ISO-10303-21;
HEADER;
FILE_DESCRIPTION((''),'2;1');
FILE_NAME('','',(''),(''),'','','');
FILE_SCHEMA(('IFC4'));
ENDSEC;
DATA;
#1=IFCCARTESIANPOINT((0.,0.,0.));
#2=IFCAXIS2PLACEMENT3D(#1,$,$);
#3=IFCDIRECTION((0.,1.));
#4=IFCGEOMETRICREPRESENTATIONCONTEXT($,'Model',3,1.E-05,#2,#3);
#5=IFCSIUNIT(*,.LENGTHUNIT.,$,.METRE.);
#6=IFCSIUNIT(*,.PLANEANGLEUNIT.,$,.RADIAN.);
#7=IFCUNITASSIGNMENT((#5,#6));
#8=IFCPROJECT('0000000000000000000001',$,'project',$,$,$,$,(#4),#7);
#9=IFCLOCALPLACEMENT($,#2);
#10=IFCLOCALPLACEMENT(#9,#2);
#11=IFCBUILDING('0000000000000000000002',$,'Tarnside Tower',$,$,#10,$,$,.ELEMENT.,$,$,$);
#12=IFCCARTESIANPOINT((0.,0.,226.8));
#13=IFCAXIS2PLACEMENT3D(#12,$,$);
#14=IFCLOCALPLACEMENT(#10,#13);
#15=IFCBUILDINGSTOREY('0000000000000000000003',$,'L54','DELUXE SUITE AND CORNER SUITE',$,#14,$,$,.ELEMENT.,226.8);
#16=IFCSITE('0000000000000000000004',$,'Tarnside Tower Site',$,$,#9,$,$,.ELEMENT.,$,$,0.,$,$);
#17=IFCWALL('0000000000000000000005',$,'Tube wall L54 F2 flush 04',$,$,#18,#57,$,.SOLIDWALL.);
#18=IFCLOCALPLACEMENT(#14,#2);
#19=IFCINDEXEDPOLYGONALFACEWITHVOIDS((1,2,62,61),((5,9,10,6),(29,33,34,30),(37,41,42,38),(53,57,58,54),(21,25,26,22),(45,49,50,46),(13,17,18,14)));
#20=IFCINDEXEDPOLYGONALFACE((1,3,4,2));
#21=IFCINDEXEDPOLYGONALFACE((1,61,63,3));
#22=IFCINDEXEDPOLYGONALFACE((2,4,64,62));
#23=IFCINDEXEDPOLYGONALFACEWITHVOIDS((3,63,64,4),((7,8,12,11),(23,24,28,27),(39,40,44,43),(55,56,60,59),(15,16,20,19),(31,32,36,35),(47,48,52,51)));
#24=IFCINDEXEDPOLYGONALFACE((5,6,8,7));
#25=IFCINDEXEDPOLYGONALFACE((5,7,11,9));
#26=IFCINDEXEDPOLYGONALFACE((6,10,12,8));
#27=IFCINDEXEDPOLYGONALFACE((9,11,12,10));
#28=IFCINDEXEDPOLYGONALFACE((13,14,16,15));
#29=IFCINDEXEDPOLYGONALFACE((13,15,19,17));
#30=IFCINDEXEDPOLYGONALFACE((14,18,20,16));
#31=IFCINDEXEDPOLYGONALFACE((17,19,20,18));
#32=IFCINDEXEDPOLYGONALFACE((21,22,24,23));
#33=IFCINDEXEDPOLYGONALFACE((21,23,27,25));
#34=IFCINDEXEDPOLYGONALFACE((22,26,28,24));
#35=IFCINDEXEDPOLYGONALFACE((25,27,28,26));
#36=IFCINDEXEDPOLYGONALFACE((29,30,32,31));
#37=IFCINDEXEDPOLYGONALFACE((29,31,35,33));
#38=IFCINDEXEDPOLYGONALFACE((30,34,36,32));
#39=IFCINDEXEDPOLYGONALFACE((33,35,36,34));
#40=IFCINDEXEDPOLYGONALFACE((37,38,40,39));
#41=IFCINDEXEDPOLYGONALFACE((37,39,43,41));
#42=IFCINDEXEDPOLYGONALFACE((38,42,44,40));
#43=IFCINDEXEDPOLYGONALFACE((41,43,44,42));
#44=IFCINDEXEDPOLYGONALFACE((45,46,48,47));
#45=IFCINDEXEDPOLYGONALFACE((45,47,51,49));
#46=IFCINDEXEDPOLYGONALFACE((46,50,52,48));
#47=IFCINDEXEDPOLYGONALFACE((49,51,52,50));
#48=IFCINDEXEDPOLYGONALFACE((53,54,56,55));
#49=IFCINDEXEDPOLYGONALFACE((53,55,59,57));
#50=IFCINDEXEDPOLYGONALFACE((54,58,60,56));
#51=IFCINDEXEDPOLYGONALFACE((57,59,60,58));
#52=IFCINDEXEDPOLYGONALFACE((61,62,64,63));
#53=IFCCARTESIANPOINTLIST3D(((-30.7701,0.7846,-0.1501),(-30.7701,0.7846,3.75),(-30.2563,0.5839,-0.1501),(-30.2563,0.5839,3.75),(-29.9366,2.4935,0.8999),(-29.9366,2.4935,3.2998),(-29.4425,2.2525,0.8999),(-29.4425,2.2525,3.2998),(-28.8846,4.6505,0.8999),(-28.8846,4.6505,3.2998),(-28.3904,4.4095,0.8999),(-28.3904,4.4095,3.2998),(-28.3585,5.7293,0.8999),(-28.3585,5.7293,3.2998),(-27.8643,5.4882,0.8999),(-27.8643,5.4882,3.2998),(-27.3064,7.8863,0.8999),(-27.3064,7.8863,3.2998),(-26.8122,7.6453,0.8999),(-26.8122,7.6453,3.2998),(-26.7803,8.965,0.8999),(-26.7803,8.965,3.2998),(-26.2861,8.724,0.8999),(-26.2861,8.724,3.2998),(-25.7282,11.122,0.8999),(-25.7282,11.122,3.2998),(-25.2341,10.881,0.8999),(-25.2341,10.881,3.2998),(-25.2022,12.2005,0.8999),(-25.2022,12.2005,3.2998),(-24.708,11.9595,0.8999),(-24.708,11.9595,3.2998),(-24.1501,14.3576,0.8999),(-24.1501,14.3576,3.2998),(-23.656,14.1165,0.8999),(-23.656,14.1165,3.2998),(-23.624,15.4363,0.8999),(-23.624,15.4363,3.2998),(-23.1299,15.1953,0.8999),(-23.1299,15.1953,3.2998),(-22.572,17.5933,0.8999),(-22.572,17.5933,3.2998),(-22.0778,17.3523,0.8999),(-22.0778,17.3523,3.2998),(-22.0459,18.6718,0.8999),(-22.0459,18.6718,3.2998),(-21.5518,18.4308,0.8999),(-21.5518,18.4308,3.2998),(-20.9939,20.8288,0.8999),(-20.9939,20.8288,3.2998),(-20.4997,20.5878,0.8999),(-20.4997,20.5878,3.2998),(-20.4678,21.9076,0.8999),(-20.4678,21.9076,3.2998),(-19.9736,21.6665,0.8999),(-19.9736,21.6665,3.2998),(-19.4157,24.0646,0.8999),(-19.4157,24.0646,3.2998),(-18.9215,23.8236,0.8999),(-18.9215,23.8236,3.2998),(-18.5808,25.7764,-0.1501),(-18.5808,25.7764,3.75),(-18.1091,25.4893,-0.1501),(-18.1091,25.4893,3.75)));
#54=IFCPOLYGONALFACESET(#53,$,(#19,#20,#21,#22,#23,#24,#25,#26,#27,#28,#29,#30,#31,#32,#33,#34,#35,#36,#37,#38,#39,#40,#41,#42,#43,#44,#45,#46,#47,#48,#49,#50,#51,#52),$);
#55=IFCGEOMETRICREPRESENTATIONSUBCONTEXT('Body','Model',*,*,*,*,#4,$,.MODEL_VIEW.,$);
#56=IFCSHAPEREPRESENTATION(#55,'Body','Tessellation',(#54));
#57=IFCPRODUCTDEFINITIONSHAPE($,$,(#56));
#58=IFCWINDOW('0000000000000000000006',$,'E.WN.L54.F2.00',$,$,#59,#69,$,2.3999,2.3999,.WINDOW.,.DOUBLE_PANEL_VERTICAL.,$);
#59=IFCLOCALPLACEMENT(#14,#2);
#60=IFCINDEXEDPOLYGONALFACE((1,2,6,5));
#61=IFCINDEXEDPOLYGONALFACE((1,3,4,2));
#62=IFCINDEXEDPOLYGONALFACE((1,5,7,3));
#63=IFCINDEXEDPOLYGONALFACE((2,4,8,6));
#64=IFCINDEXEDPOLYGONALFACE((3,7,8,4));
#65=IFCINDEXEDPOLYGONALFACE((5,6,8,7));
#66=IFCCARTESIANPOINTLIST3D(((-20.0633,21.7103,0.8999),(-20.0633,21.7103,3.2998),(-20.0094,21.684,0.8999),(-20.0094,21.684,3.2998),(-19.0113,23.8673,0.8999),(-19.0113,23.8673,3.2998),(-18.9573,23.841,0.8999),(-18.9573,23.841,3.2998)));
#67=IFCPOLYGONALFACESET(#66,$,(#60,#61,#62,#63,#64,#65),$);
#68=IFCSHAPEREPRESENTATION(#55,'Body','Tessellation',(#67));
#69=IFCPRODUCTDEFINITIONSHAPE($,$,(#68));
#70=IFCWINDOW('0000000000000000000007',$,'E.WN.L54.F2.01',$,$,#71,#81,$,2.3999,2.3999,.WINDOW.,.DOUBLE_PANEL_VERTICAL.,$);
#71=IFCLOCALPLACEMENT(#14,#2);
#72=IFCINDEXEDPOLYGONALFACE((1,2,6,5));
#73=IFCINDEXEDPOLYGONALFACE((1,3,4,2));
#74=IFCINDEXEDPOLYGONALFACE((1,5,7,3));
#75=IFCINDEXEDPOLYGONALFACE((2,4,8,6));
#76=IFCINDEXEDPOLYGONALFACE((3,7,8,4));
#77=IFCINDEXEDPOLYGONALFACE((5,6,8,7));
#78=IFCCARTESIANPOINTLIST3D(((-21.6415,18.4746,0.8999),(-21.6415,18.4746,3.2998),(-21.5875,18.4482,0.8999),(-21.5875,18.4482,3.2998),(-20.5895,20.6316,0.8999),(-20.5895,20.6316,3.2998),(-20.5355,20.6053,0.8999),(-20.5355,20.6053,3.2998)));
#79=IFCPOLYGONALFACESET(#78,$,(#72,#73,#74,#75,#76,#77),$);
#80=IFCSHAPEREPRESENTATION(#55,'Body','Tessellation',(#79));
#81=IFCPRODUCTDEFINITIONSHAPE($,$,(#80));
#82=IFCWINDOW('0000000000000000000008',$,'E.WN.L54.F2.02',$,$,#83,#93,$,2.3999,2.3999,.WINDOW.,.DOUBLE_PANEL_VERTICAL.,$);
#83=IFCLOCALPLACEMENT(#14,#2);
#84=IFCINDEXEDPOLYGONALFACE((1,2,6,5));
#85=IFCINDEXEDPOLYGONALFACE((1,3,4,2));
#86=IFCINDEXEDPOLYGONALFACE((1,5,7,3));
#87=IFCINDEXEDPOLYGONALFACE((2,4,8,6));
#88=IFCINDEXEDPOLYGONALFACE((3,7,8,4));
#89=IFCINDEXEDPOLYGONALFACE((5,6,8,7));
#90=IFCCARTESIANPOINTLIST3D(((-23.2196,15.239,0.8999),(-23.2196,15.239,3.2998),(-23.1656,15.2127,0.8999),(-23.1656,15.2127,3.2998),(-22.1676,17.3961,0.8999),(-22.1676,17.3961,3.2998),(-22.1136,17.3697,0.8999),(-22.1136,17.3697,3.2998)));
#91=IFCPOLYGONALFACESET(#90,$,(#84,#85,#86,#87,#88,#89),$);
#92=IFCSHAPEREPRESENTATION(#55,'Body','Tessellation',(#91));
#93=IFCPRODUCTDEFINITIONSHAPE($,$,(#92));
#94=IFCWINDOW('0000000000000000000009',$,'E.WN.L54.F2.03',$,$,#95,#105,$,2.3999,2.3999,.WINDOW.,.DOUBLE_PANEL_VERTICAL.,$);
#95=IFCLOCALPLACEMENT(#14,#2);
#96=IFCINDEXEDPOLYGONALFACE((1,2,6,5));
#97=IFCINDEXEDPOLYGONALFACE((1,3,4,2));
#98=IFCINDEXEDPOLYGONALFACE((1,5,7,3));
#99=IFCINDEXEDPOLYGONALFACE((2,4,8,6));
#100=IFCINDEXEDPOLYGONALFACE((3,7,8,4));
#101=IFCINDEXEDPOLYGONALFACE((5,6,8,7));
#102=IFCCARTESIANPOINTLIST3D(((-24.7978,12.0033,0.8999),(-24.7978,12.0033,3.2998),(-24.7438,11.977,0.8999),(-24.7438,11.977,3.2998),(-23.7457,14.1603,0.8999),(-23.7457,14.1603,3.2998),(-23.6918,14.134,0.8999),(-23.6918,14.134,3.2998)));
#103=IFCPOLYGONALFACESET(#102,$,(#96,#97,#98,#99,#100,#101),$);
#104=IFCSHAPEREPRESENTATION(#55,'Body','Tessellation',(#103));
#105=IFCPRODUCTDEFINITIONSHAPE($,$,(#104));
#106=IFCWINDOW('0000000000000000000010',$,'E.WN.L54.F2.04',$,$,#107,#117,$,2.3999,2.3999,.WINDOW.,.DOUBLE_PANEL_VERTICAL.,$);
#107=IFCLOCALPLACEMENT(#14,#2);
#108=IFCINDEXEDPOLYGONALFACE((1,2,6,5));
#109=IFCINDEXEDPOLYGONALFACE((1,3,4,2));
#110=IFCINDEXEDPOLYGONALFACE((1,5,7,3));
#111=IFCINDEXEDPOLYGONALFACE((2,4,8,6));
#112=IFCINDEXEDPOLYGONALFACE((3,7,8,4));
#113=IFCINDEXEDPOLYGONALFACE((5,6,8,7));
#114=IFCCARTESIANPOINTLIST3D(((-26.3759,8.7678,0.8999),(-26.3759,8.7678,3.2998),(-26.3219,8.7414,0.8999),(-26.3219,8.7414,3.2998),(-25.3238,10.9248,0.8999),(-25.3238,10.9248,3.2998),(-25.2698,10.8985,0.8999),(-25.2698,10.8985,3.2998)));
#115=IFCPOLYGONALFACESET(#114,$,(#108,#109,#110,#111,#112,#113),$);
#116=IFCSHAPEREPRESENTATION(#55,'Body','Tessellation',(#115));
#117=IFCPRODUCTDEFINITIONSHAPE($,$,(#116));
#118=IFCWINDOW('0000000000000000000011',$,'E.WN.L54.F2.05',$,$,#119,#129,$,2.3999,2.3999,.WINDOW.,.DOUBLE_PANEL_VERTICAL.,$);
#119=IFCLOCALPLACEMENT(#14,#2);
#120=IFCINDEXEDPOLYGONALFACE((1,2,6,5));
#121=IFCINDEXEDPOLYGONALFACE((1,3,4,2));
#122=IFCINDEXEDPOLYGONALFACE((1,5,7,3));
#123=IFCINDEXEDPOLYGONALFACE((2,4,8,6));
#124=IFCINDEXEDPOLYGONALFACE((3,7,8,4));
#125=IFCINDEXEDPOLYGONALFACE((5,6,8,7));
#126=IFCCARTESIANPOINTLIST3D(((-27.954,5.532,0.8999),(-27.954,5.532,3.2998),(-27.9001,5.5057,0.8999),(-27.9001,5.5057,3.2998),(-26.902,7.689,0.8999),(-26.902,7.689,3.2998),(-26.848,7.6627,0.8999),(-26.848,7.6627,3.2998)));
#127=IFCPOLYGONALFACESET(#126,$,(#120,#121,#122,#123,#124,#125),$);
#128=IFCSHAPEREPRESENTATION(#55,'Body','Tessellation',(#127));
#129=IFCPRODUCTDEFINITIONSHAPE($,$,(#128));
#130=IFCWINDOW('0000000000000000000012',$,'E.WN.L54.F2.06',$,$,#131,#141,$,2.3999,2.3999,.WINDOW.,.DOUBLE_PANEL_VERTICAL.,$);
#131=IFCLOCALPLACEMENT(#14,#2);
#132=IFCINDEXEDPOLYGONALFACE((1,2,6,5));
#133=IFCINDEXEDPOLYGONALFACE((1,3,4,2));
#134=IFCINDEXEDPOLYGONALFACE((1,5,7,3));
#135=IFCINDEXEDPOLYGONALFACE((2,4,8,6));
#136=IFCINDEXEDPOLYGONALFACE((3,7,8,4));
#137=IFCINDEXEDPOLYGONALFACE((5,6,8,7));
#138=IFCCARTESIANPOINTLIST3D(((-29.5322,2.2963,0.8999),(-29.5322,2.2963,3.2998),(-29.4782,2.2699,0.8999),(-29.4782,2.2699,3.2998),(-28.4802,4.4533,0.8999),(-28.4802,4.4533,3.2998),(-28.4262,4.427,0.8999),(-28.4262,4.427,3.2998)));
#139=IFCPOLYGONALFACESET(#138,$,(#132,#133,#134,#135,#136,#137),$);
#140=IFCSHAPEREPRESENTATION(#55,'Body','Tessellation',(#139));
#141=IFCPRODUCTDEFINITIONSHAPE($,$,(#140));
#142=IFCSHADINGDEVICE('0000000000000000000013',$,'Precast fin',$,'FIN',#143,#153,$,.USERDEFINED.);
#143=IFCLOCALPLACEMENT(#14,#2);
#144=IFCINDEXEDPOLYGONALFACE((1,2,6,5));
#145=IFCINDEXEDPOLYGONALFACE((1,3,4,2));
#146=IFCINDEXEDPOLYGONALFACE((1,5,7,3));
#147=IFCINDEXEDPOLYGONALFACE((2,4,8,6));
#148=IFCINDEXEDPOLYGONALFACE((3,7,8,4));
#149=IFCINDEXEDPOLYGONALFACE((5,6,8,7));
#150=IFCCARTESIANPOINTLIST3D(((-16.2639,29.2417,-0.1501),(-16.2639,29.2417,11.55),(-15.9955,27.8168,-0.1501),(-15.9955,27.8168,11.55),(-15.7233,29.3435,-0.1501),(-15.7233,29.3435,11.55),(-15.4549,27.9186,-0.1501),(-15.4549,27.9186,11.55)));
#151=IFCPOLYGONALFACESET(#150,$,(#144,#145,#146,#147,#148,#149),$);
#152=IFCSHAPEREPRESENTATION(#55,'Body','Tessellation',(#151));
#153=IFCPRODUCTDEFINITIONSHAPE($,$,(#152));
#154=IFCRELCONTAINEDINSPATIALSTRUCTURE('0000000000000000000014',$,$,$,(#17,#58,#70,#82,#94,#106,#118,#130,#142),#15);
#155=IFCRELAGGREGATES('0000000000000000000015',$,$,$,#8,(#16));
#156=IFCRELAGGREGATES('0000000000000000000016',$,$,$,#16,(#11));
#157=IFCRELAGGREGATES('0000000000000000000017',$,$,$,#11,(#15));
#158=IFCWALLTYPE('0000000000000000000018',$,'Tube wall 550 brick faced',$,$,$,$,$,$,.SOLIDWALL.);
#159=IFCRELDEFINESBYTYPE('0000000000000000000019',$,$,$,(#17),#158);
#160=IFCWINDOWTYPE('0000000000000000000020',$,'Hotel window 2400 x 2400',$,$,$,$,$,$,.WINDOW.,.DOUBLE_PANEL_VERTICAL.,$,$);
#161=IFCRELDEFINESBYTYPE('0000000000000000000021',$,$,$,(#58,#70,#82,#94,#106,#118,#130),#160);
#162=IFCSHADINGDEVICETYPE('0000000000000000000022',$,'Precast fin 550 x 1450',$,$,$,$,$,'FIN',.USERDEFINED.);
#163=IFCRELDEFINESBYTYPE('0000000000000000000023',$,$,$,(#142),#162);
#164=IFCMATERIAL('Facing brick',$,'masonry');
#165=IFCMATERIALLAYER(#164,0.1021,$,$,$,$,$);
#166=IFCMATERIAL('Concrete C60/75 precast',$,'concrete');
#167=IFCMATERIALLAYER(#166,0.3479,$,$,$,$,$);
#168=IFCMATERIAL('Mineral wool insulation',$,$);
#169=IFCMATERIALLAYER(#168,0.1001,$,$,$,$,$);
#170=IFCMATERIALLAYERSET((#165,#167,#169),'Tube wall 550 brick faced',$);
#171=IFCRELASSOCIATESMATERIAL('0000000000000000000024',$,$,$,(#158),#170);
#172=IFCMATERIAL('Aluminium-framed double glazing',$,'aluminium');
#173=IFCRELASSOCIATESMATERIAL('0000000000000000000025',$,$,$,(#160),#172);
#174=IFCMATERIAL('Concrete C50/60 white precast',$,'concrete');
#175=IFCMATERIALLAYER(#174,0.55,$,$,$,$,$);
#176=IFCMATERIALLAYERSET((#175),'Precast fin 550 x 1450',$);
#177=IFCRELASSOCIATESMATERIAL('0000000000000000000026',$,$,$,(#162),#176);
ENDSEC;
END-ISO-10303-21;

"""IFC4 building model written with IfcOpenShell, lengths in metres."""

from ifc_helpers import new_model, si_unit, direction, frame, frame_2d, origin, place, context, subcontext, project, spatial, polyline, rectangle, outline, extrude, material, layer, layer_set, type_object, element, fill, save


model = new_model("IFC4")

# Units and contexts
model_context = context("Model", 3, precision=1e-05, world=origin(), true_north=direction((0.0, 1.0)))
body_context = subcontext(model_context, "Body", "Model", "MODEL_VIEW")
ifc_project = project(units=[si_unit("LENGTHUNIT", "METRE"), si_unit("PLANEANGLEUNIT", "RADIAN")], contexts=[model_context])

# Site, building, storey
site_placement = place(None, origin())
site = spatial("IfcSite", under=ifc_project, at=site_placement, Name="Tarnside Tower Site", CompositionType="ELEMENT", RefElevation=0.0)
building_placement = place(site_placement, origin())
building = spatial("IfcBuilding", under=site, at=building_placement, Name="Tarnside Tower", CompositionType="ELEMENT")
storey_placement = place(building_placement, frame((0.0, 0.0, 226.8)))
storey = spatial("IfcBuildingStorey", under=building, at=storey_placement, Name="L54", Description="DELUXE SUITE AND CORNER SUITE", CompositionType="ELEMENT", Elevation=226.8)

# Shared definitions
ifc_material_1 = material(Name="Facing brick", Category="masonry")
ifc_layer_1 = layer(ifc_material_1, 0.1021)
ifc_material_2 = material(Name="Concrete C60/75 precast", Category="concrete")
ifc_layer_2 = layer(ifc_material_2, 0.3479)
ifc_material_3 = material(Name="Mineral wool insulation")
ifc_layer_3 = layer(ifc_material_3, 0.1001)
ifc_layer_set_1 = layer_set([ifc_layer_1, ifc_layer_2, ifc_layer_3], Name="Tube wall 550 brick faced")
wall_type_1 = type_object("IfcWallType", Name="Tube wall 550 brick faced", PredefinedType="SOLIDWALL", material=ifc_layer_set_1)

# Wall, openings, windows
wall_1_placement = place(storey_placement, frame((-18.345, 25.6328, -0.1501), z_axis=(0.0, 0.0, 1.0), x_axis=(-0.438372, -0.898794, 0.0)))
wall_1 = element("IfcWall", 1, at=wall_1_placement, inside=storey, type_object=wall_type_1, Name="Tube wall L54 F2 flush 04", PredefinedType="SOLIDWALL", context=body_context, shape_type="SweptSolid", body=[
    extrude(outline(polyline([(-0.0256, -0.2749), (27.7803, -0.2749), (27.7354, 0.2749), (0.0256, 0.2749), (-0.0256, -0.2749)])), origin(), (0.0, 0.0, 1.0), 3.9001),
])
opening_1_placement = place(wall_1_placement, frame((1.8789, 0.0, 1.05)))
opening_1 = element("IfcOpeningElement", 2, at=opening_1_placement, cuts=wall_1, PredefinedType="OPENING", context=body_context, shape_type="SweptSolid", body=[
    extrude(rectangle(XDim=2.3999, YDim=2.3999, at=frame_2d((1.2, 1.2))), frame((0.0, 0.2852, 0.0), z_axis=(0.0, -1.0, 0.0), x_axis=(1.0, 0.0, 0.0)), (0.0, 0.0, 1.0), 0.5701),
])
opening_2_placement = place(wall_1_placement, frame((5.479, 0.0, 1.05)))
opening_2 = element("IfcOpeningElement", 3, at=opening_2_placement, cuts=wall_1, PredefinedType="OPENING", context=body_context, shape_type="SweptSolid", body=[
    extrude(rectangle(XDim=2.3999, YDim=2.3999, at=frame_2d((1.2, 1.2))), frame((0.0, 0.2852, 0.0), z_axis=(0.0, -1.0, 0.0), x_axis=(1.0, 0.0, 0.0)), (0.0, 0.0, 1.0), 0.5701),
])
opening_3_placement = place(wall_1_placement, frame((9.0789, 0.0, 1.05)))
opening_3 = element("IfcOpeningElement", 4, at=opening_3_placement, cuts=wall_1, PredefinedType="OPENING", context=body_context, shape_type="SweptSolid", body=[
    extrude(rectangle(XDim=2.3999, YDim=2.3999, at=frame_2d((1.2, 1.2))), frame((0.0, 0.2852, 0.0), z_axis=(0.0, -1.0, 0.0), x_axis=(1.0, 0.0, 0.0)), (0.0, 0.0, 1.0), 0.5701),
])
opening_4_placement = place(wall_1_placement, frame((12.679, 0.0, 1.05)))
opening_4 = element("IfcOpeningElement", 5, at=opening_4_placement, cuts=wall_1, PredefinedType="OPENING", context=body_context, shape_type="SweptSolid", body=[
    extrude(rectangle(XDim=2.3999, YDim=2.3999, at=frame_2d((1.2, 1.2))), frame((0.0, 0.2852, 0.0), z_axis=(0.0, -1.0, 0.0), x_axis=(1.0, 0.0, 0.0)), (0.0, 0.0, 1.0), 0.5701),
])
opening_5_placement = place(wall_1_placement, frame((16.2788, 0.0, 1.05)))
opening_5 = element("IfcOpeningElement", 6, at=opening_5_placement, cuts=wall_1, PredefinedType="OPENING", context=body_context, shape_type="SweptSolid", body=[
    extrude(rectangle(XDim=2.3999, YDim=2.3999, at=frame_2d((1.2, 1.2))), frame((0.0, 0.2852, 0.0), z_axis=(0.0, -1.0, 0.0), x_axis=(1.0, 0.0, 0.0)), (0.0, 0.0, 1.0), 0.5701),
])
opening_6_placement = place(wall_1_placement, frame((19.8789, 0.0, 1.05)))
opening_6 = element("IfcOpeningElement", 7, at=opening_6_placement, cuts=wall_1, PredefinedType="OPENING", context=body_context, shape_type="SweptSolid", body=[
    extrude(rectangle(XDim=2.3999, YDim=2.3999, at=frame_2d((1.2, 1.2))), frame((0.0, 0.2852, 0.0), z_axis=(0.0, -1.0, 0.0), x_axis=(1.0, 0.0, 0.0)), (0.0, 0.0, 1.0), 0.5701),
])
opening_7_placement = place(wall_1_placement, frame((23.479, 0.0, 1.05)))
opening_7 = element("IfcOpeningElement", 8, at=opening_7_placement, cuts=wall_1, PredefinedType="OPENING", context=body_context, shape_type="SweptSolid", body=[
    extrude(rectangle(XDim=2.3999, YDim=2.3999, at=frame_2d((1.2, 1.2))), frame((0.0, 0.2852, 0.0), z_axis=(0.0, -1.0, 0.0), x_axis=(1.0, 0.0, 0.0)), (0.0, 0.0, 1.0), 0.5701),
])
ifc_material_4 = material(Name="Aluminium-framed double glazing", Category="aluminium")
window_type = type_object("IfcWindowType", Name="Hotel window 2400 x 2400", PartitioningType="DOUBLE_PANEL_VERTICAL", PredefinedType="WINDOW", material=ifc_material_4)
window_1_placement = place(opening_1_placement, frame((0.0, 0.2051, 0.0)))
window_1 = element("IfcWindow", 9, at=window_1_placement, inside=storey, type_object=window_type, Name="E.WN.L54.F2.00", OverallHeight=2.3999, OverallWidth=2.3999, PartitioningType="DOUBLE_PANEL_VERTICAL", PredefinedType="WINDOW", context=body_context, shape_type="SweptSolid", body=[
    extrude(rectangle(XDim=2.3999, YDim=2.3999, at=frame_2d((1.2, 1.2))), frame((0.0, 0.03, 0.0), z_axis=(0.0, -1.0, 0.0), x_axis=(1.0, 0.0, 0.0)), (0.0, 0.0, 1.0), 0.0601),
])
fill(opening_1, window_1)
window_2_placement = place(opening_2_placement, frame((0.0, 0.2051, 0.0)))
window_2 = element("IfcWindow", 10, at=window_2_placement, inside=storey, type_object=window_type, Name="E.WN.L54.F2.01", OverallHeight=2.3999, OverallWidth=2.3999, PartitioningType="DOUBLE_PANEL_VERTICAL", PredefinedType="WINDOW", context=body_context, shape_type="SweptSolid", body=[
    extrude(rectangle(XDim=2.3999, YDim=2.3999, at=frame_2d((1.2, 1.2))), frame((0.0, 0.03, 0.0), z_axis=(0.0, -1.0, 0.0), x_axis=(1.0, 0.0, 0.0)), (0.0, 0.0, 1.0), 0.0601),
])
fill(opening_2, window_2)
window_3_placement = place(opening_3_placement, frame((0.0, 0.2051, 0.0)))
window_3 = element("IfcWindow", 11, at=window_3_placement, inside=storey, type_object=window_type, Name="E.WN.L54.F2.02", OverallHeight=2.3999, OverallWidth=2.3999, PartitioningType="DOUBLE_PANEL_VERTICAL", PredefinedType="WINDOW", context=body_context, shape_type="SweptSolid", body=[
    extrude(rectangle(XDim=2.3999, YDim=2.3999, at=frame_2d((1.2, 1.2))), frame((0.0, 0.03, 0.0), z_axis=(0.0, -1.0, 0.0), x_axis=(1.0, 0.0, 0.0)), (0.0, 0.0, 1.0), 0.0601),
])
fill(opening_3, window_3)
window_4_placement = place(opening_4_placement, frame((0.0, 0.2051, 0.0)))
window_4 = element("IfcWindow", 12, at=window_4_placement, inside=storey, type_object=window_type, Name="E.WN.L54.F2.03", OverallHeight=2.3999, OverallWidth=2.3999, PartitioningType="DOUBLE_PANEL_VERTICAL", PredefinedType="WINDOW", context=body_context, shape_type="SweptSolid", body=[
    extrude(rectangle(XDim=2.3999, YDim=2.3999, at=frame_2d((1.2, 1.2))), frame((0.0, 0.03, 0.0), z_axis=(0.0, -1.0, 0.0), x_axis=(1.0, 0.0, 0.0)), (0.0, 0.0, 1.0), 0.0601),
])
fill(opening_4, window_4)
window_5_placement = place(opening_5_placement, frame((0.0, 0.2051, 0.0)))
window_5 = element("IfcWindow", 13, at=window_5_placement, inside=storey, type_object=window_type, Name="E.WN.L54.F2.04", OverallHeight=2.3999, OverallWidth=2.3999, PartitioningType="DOUBLE_PANEL_VERTICAL", PredefinedType="WINDOW", context=body_context, shape_type="SweptSolid", body=[
    extrude(rectangle(XDim=2.3999, YDim=2.3999, at=frame_2d((1.2, 1.2))), frame((0.0, 0.03, 0.0), z_axis=(0.0, -1.0, 0.0), x_axis=(1.0, 0.0, 0.0)), (0.0, 0.0, 1.0), 0.0601),
])
fill(opening_5, window_5)
window_6_placement = place(opening_6_placement, frame((0.0, 0.2051, 0.0)))
window_6 = element("IfcWindow", 14, at=window_6_placement, inside=storey, type_object=window_type, Name="E.WN.L54.F2.05", OverallHeight=2.3999, OverallWidth=2.3999, PartitioningType="DOUBLE_PANEL_VERTICAL", PredefinedType="WINDOW", context=body_context, shape_type="SweptSolid", body=[
    extrude(rectangle(XDim=2.3999, YDim=2.3999, at=frame_2d((1.2, 1.2))), frame((0.0, 0.03, 0.0), z_axis=(0.0, -1.0, 0.0), x_axis=(1.0, 0.0, 0.0)), (0.0, 0.0, 1.0), 0.0601),
])
fill(opening_6, window_6)
window_7_placement = place(opening_7_placement, frame((0.0, 0.2051, 0.0)))
window_7 = element("IfcWindow", 15, at=window_7_placement, inside=storey, type_object=window_type, Name="E.WN.L54.F2.06", OverallHeight=2.3999, OverallWidth=2.3999, PartitioningType="DOUBLE_PANEL_VERTICAL", PredefinedType="WINDOW", context=body_context, shape_type="SweptSolid", body=[
    extrude(rectangle(XDim=2.3999, YDim=2.3999, at=frame_2d((1.2, 1.2))), frame((0.0, 0.03, 0.0), z_axis=(0.0, -1.0, 0.0), x_axis=(1.0, 0.0, 0.0)), (0.0, 0.0, 1.0), 0.0601),
])
fill(opening_7, window_7)

# Shading device
ifc_material_5 = material(Name="Concrete C50/60 white precast", Category="concrete")
ifc_layer_4 = layer(ifc_material_5, 0.55)
ifc_layer_set_2 = layer_set([ifc_layer_4], Name="Precast fin 550 x 1450")
shading_device_type_1 = type_object("IfcShadingDeviceType", Name="Precast fin 550 x 1450", ElementType="FIN", PredefinedType="USERDEFINED", material=ifc_layer_set_2)
for number, where, z_axis, x_axis, name in (
    (16, (-15.7253, 27.8677, -0.1501), (0.982721, 0.185095, 0.0), (-0.185095, 0.982721, 0.0), "Precast fin"),
):
    element("IfcShadingDevice", number, at=place(storey_placement, frame(where, z_axis=z_axis, x_axis=x_axis)), inside=storey, type_object=shading_device_type_1, Name=name, ObjectType="FIN", PredefinedType="USERDEFINED", context=body_context, shape_type="SweptSolid", body=[
        extrude(outline(polyline([(0.0, 0.0), (1.45, 0.0), (1.45, 11.7002), (0.0, 11.7002), (0.0, 0.0)])), frame((0.0, 0.0, -0.2749)), (0.0, 0.0, 1.0), 0.55),
    ])

save(model, "model.ifc")
